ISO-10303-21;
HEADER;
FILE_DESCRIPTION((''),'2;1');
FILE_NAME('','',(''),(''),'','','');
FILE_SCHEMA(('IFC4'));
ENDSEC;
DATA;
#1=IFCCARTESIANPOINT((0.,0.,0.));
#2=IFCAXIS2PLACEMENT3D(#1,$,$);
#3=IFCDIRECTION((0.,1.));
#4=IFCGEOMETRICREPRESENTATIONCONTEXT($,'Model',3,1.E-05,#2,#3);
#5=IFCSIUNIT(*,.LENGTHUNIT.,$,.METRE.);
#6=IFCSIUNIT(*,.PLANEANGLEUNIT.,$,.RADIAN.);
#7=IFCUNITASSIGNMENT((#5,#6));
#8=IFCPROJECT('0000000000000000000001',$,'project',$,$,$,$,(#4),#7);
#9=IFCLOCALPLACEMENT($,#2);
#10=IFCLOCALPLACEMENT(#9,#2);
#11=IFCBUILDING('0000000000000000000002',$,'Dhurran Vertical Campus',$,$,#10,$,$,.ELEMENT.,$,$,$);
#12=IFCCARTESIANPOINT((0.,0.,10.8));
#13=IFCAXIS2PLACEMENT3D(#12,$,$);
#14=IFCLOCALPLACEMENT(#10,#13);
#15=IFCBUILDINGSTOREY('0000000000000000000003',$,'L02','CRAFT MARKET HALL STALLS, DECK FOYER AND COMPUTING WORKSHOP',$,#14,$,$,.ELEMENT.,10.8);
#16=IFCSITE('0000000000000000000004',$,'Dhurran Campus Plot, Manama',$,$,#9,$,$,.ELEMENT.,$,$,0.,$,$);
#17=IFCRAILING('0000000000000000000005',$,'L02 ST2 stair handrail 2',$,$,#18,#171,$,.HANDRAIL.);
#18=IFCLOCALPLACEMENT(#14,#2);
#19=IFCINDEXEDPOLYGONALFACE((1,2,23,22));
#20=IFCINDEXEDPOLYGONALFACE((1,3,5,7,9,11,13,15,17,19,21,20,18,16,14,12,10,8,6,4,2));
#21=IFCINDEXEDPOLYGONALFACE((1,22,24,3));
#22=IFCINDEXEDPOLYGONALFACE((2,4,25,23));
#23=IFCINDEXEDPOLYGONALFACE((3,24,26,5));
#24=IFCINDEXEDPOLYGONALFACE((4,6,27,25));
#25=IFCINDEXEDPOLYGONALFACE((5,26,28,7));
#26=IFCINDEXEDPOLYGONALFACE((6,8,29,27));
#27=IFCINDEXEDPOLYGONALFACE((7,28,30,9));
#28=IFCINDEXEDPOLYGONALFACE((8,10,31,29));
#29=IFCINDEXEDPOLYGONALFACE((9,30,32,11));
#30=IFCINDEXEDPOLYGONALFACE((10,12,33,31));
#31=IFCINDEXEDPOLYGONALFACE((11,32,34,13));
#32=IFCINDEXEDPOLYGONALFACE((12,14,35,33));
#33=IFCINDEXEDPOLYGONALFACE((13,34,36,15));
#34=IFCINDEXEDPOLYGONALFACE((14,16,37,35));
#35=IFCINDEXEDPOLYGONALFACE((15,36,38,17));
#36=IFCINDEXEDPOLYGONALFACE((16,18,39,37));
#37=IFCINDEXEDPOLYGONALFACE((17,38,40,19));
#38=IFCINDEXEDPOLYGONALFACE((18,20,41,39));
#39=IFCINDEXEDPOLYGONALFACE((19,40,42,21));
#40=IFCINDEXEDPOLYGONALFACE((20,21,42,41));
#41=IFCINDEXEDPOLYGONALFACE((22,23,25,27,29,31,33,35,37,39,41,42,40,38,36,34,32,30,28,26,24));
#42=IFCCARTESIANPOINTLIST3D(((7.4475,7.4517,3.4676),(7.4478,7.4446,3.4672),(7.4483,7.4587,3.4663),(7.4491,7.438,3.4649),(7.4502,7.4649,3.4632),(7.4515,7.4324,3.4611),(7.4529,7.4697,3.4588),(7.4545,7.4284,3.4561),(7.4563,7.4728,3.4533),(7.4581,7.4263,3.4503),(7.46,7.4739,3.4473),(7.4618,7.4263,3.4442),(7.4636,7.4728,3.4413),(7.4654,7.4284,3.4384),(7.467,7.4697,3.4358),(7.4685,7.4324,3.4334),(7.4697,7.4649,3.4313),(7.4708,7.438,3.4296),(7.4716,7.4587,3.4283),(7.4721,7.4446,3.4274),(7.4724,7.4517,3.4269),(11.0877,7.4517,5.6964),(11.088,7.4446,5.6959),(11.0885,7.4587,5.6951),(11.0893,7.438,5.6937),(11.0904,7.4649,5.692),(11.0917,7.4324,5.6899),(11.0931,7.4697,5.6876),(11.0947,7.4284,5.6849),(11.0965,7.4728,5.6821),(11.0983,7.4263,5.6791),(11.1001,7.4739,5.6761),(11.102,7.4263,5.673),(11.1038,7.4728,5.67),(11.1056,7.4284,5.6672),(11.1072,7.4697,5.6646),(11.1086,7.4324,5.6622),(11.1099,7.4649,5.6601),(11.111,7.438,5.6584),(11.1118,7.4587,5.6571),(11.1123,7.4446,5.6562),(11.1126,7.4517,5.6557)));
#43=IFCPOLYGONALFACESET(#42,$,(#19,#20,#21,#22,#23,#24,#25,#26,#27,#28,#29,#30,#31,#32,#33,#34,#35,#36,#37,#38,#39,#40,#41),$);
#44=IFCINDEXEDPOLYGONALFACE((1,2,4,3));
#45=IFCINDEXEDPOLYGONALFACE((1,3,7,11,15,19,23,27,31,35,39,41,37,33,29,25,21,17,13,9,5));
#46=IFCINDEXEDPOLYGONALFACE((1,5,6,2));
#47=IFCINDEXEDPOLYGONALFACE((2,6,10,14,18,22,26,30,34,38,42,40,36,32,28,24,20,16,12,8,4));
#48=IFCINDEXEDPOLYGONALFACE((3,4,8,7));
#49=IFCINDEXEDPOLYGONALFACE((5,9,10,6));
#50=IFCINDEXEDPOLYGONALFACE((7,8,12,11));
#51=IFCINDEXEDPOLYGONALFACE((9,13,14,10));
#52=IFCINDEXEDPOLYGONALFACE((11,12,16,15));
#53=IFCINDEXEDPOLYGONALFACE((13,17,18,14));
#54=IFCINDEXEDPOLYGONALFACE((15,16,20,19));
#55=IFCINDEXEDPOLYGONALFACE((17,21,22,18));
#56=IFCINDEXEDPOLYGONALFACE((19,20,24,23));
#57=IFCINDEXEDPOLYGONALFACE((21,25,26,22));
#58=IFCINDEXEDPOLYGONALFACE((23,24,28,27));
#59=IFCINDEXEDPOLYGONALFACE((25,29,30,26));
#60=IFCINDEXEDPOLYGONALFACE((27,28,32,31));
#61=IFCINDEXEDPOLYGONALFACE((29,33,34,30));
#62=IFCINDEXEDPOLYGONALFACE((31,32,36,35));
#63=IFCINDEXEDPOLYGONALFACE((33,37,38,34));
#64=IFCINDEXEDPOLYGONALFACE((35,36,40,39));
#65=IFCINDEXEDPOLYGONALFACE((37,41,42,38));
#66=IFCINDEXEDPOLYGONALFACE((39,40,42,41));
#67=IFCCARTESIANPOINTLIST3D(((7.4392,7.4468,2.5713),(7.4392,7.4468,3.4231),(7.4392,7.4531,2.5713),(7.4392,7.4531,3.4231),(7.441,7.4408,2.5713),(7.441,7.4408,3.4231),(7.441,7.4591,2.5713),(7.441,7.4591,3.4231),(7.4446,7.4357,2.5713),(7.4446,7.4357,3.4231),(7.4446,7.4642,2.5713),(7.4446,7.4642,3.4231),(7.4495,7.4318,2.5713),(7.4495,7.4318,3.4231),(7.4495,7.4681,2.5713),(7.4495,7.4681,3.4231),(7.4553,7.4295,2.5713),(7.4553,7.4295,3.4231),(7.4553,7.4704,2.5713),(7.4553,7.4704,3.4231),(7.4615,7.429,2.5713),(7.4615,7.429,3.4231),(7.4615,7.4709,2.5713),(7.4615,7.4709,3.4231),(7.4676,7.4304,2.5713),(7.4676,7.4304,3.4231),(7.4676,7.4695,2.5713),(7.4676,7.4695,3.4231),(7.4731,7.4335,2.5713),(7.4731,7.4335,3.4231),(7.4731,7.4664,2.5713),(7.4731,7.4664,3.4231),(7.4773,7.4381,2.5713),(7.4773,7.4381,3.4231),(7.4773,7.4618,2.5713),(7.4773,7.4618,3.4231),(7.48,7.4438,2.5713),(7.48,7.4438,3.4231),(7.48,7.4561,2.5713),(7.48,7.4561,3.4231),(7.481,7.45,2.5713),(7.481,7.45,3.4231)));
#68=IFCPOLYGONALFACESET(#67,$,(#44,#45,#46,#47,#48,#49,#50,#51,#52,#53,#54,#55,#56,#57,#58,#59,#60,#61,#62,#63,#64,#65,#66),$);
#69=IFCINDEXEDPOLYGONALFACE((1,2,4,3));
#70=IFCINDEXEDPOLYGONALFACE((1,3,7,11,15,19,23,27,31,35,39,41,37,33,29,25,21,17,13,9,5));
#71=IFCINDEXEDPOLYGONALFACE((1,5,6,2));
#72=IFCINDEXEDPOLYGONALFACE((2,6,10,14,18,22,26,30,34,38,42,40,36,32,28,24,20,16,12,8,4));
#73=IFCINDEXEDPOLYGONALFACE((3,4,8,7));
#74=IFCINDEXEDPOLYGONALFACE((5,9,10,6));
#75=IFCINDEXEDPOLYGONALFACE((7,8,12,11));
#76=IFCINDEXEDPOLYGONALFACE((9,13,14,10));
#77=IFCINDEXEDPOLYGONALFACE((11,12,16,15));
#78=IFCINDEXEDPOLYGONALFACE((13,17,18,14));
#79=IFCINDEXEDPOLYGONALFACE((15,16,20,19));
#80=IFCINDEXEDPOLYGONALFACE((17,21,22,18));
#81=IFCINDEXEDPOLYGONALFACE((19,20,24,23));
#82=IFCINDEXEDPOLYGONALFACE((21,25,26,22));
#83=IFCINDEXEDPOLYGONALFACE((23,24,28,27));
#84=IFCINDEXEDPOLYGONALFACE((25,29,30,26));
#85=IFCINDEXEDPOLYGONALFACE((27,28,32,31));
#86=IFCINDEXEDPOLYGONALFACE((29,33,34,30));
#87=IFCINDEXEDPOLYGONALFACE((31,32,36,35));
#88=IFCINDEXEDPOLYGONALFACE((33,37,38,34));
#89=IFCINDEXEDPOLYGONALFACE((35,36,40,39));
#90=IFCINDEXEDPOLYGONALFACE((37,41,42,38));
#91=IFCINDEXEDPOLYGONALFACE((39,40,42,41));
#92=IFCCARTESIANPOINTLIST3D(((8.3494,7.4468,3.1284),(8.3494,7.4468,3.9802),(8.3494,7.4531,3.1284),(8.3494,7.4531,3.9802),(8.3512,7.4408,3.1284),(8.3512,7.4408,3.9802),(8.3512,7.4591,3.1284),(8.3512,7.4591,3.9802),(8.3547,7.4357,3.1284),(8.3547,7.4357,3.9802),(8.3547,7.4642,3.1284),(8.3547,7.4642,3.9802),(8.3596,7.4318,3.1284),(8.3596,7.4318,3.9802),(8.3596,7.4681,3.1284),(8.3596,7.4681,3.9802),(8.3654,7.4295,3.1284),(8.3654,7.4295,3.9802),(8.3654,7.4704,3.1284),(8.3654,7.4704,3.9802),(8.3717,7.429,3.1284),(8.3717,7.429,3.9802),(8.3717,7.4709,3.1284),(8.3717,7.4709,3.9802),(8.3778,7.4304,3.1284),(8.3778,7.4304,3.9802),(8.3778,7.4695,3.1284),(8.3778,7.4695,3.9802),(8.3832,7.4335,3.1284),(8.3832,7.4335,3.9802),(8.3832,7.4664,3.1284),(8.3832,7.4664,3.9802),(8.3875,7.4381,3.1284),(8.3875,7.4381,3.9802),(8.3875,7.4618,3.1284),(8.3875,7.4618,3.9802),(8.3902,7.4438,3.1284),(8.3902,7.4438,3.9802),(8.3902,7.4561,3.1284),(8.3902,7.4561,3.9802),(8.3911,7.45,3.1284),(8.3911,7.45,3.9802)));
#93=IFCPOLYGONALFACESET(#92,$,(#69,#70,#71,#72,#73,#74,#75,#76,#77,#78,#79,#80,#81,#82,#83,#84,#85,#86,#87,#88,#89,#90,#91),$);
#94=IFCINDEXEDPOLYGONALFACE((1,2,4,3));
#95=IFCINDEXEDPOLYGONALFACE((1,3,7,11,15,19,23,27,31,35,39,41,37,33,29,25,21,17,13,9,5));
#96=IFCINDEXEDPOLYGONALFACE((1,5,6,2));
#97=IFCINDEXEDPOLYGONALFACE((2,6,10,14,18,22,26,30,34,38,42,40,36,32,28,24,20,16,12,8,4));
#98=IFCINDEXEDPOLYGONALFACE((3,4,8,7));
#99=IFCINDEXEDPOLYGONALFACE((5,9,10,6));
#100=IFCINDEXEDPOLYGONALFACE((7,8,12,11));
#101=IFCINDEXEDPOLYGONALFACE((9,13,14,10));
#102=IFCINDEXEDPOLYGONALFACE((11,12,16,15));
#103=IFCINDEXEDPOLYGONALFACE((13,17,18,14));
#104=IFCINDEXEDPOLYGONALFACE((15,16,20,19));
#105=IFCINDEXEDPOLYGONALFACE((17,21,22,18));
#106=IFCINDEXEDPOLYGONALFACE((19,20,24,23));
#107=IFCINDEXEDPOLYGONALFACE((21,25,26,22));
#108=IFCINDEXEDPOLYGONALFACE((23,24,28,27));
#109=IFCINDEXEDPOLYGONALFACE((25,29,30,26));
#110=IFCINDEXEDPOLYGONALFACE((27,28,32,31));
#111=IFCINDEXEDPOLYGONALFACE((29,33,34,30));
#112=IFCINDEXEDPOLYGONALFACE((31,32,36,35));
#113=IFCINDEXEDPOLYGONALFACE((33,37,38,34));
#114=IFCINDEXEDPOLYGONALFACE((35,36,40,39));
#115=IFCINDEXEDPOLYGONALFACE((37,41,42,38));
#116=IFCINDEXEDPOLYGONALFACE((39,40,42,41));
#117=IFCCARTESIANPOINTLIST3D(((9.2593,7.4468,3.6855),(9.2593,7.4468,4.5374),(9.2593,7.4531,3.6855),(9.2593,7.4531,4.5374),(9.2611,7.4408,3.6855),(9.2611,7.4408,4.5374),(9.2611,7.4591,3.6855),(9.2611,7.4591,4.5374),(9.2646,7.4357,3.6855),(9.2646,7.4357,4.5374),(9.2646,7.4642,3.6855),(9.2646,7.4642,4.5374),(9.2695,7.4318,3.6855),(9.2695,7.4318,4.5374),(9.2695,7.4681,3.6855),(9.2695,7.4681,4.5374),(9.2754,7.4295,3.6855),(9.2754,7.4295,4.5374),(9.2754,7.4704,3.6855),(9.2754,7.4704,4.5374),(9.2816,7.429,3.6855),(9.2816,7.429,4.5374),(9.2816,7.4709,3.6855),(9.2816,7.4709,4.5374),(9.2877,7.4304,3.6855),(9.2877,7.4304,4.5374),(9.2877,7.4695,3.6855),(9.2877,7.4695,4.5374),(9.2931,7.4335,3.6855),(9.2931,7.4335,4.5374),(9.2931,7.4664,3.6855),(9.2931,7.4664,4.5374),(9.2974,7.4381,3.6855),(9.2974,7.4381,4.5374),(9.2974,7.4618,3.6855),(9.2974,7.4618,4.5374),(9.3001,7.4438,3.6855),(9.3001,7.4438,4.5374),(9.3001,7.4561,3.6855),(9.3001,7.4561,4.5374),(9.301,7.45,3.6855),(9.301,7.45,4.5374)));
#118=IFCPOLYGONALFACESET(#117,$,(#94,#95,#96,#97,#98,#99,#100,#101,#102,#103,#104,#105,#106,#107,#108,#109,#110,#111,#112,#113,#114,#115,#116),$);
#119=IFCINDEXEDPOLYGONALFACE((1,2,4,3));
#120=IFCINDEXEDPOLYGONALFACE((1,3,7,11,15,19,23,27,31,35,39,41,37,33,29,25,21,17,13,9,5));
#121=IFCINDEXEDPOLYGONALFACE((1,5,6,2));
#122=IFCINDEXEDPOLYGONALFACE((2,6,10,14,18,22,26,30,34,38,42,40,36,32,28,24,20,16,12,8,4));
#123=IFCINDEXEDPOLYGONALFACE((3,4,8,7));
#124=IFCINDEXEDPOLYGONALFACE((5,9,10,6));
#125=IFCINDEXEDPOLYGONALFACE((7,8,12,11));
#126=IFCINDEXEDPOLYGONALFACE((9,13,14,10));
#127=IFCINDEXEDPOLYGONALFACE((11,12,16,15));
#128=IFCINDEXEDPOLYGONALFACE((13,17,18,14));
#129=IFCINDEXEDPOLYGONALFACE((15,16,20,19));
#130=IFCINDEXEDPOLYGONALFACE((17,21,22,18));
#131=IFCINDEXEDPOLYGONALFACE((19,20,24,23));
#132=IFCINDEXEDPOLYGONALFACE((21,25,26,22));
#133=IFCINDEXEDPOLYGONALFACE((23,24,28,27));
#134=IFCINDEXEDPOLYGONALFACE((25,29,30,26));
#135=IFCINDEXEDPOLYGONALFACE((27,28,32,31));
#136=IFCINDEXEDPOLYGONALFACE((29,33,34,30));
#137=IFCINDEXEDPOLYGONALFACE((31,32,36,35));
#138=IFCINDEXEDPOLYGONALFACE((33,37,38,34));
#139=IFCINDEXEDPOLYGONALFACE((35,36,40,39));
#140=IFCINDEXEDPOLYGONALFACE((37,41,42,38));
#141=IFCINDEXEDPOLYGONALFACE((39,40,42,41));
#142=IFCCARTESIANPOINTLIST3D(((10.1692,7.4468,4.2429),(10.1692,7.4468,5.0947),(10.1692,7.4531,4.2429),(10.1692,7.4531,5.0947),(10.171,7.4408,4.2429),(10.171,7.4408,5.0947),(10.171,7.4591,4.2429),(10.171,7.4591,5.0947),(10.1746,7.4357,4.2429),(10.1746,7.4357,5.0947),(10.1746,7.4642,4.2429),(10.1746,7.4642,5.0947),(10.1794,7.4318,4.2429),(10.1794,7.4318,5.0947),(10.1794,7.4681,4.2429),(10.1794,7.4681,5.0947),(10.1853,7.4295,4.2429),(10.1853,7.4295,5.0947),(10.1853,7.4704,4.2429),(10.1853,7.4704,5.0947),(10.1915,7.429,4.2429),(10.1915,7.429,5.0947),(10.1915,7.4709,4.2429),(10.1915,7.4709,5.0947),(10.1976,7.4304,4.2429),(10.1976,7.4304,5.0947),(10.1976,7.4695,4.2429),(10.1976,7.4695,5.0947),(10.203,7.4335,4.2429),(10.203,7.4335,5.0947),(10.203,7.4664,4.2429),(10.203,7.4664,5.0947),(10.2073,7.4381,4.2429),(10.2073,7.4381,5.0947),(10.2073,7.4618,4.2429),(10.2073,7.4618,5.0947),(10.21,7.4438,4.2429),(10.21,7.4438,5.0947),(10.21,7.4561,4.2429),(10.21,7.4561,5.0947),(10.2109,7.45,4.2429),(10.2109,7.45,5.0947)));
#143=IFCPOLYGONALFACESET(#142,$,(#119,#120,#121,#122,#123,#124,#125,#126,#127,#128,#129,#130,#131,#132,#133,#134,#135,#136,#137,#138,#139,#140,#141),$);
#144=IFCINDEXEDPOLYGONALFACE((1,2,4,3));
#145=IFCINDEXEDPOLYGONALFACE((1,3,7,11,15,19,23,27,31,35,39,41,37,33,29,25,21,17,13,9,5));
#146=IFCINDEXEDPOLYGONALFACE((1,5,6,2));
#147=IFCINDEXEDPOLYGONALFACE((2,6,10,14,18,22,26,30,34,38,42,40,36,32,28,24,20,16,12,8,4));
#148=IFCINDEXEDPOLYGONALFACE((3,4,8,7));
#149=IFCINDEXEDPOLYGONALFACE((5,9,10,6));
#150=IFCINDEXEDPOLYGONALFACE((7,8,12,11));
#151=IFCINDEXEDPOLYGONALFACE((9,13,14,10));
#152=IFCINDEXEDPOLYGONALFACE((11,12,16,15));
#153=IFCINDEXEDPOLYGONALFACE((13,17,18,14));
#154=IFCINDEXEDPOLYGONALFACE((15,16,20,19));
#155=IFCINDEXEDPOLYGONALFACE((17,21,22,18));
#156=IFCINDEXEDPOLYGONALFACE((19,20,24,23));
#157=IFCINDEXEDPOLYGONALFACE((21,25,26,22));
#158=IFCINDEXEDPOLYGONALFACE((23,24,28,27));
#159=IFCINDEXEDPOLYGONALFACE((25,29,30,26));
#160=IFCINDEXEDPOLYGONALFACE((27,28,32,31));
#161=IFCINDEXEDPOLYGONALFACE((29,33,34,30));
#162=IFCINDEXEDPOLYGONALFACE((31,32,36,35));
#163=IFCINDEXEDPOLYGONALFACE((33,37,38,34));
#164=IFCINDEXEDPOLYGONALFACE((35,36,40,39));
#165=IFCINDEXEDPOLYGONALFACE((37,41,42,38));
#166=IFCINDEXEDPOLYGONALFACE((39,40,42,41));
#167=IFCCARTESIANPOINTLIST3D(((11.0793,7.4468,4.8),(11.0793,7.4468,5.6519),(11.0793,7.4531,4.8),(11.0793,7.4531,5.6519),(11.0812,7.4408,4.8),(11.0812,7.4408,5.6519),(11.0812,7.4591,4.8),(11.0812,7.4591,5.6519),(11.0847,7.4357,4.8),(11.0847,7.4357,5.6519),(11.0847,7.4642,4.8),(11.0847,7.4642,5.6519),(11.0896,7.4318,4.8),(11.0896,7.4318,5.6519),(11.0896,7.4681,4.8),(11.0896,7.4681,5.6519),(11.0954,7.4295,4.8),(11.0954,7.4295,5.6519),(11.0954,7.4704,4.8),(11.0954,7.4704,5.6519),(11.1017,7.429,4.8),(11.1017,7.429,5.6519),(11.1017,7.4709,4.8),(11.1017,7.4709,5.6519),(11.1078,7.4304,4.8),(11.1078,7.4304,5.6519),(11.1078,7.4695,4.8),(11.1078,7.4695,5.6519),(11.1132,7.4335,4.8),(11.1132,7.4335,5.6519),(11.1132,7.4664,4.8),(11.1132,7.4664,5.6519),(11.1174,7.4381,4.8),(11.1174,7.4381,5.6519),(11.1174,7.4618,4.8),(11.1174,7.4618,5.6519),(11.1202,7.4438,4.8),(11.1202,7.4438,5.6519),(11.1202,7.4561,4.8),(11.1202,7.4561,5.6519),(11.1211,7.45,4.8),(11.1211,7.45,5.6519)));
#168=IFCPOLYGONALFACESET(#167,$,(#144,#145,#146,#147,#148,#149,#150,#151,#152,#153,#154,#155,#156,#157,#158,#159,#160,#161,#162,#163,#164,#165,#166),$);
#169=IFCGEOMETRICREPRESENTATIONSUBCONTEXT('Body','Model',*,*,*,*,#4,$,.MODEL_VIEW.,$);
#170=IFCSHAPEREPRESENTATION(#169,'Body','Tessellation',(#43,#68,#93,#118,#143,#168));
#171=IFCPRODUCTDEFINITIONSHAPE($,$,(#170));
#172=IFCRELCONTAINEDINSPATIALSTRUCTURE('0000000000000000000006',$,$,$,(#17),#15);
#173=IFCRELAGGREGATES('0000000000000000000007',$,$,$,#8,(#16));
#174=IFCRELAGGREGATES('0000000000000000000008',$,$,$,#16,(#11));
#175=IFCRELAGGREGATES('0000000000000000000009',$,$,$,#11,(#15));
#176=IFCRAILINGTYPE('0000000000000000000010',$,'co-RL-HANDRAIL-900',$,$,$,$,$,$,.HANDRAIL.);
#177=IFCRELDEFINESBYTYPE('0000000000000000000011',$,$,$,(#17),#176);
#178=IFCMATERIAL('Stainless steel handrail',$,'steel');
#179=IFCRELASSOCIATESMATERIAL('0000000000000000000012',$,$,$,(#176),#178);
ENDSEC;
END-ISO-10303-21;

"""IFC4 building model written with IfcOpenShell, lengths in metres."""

from ifc_helpers import new_model, si_unit, direction, frame, origin, origin_2d, place, context, subcontext, project, spatial, circle, extrude, material, type_object, element, save


model = new_model("IFC4")

# Units and contexts
model_context = context("Model", 3, precision=1e-05, world=origin(), true_north=direction((0.0, 1.0)))
body_context = subcontext(model_context, "Body", "Model", "MODEL_VIEW")
ifc_project = project(units=[si_unit("LENGTHUNIT", "METRE"), si_unit("PLANEANGLEUNIT", "RADIAN")], contexts=[model_context])

# Site, building, storey
site_placement = place(None, origin())
site = spatial("IfcSite", under=ifc_project, at=site_placement, Name="Dhurran Campus Plot, Manama", CompositionType="ELEMENT", RefElevation=0.0)
building_placement = place(site_placement, origin())
building = spatial("IfcBuilding", under=site, at=building_placement, Name="Dhurran Vertical Campus", CompositionType="ELEMENT")
storey_placement = place(building_placement, frame((0.0, 0.0, 10.8)))
storey = spatial("IfcBuildingStorey", under=building, at=storey_placement, Name="L02", Description="CRAFT MARKET HALL STALLS, DECK FOYER AND COMPUTING WORKSHOP", CompositionType="ELEMENT", Elevation=10.8)

# Railing
ifc_material_1 = material(Name="Stainless steel handrail", Category="steel")
railing_type = type_object("IfcRailingType", Name="co-RL-HANDRAIL-900", PredefinedType="HANDRAIL", material=ifc_material_1)
railing_placement = place(storey_placement, frame((7.46, 7.45, 2.5713)))
element("IfcRailing", 1, at=railing_placement, inside=storey, type_object=railing_type, Name="L02 ST2 stair handrail 2", PredefinedType="HANDRAIL", context=body_context, shape_type="SweptSolid", body=[
    extrude(circle(Radius=0.0239, at=origin_2d()), frame((0.0, 0.0, 0.876), z_axis=(0.85284, 0.0, 0.522172), x_axis=(0.0, 1.0, 0.0)), (0.0, 0.0, 1.0), 4.2683),
    extrude(circle(Radius=0.021, at=origin_2d()), origin(), (0.0, 0.0, 1.0), 0.8518),
    extrude(circle(Radius=0.021, at=origin_2d()), frame((0.9102, 0.0, 0.5571)), (0.0, 0.0, 1.0), 0.8518),
    extrude(circle(Radius=0.021, at=origin_2d()), frame((1.8201, 0.0, 1.1143)), (0.0, 0.0, 1.0), 0.8518),
    extrude(circle(Radius=0.021, at=origin_2d()), frame((2.73, 0.0, 1.6716)), (0.0, 0.0, 1.0), 0.8518),
    extrude(circle(Radius=0.021, at=origin_2d()), frame((3.6401, 0.0, 2.2288)), (0.0, 0.0, 1.0), 0.8518),
])

save(model, "model.ifc")
